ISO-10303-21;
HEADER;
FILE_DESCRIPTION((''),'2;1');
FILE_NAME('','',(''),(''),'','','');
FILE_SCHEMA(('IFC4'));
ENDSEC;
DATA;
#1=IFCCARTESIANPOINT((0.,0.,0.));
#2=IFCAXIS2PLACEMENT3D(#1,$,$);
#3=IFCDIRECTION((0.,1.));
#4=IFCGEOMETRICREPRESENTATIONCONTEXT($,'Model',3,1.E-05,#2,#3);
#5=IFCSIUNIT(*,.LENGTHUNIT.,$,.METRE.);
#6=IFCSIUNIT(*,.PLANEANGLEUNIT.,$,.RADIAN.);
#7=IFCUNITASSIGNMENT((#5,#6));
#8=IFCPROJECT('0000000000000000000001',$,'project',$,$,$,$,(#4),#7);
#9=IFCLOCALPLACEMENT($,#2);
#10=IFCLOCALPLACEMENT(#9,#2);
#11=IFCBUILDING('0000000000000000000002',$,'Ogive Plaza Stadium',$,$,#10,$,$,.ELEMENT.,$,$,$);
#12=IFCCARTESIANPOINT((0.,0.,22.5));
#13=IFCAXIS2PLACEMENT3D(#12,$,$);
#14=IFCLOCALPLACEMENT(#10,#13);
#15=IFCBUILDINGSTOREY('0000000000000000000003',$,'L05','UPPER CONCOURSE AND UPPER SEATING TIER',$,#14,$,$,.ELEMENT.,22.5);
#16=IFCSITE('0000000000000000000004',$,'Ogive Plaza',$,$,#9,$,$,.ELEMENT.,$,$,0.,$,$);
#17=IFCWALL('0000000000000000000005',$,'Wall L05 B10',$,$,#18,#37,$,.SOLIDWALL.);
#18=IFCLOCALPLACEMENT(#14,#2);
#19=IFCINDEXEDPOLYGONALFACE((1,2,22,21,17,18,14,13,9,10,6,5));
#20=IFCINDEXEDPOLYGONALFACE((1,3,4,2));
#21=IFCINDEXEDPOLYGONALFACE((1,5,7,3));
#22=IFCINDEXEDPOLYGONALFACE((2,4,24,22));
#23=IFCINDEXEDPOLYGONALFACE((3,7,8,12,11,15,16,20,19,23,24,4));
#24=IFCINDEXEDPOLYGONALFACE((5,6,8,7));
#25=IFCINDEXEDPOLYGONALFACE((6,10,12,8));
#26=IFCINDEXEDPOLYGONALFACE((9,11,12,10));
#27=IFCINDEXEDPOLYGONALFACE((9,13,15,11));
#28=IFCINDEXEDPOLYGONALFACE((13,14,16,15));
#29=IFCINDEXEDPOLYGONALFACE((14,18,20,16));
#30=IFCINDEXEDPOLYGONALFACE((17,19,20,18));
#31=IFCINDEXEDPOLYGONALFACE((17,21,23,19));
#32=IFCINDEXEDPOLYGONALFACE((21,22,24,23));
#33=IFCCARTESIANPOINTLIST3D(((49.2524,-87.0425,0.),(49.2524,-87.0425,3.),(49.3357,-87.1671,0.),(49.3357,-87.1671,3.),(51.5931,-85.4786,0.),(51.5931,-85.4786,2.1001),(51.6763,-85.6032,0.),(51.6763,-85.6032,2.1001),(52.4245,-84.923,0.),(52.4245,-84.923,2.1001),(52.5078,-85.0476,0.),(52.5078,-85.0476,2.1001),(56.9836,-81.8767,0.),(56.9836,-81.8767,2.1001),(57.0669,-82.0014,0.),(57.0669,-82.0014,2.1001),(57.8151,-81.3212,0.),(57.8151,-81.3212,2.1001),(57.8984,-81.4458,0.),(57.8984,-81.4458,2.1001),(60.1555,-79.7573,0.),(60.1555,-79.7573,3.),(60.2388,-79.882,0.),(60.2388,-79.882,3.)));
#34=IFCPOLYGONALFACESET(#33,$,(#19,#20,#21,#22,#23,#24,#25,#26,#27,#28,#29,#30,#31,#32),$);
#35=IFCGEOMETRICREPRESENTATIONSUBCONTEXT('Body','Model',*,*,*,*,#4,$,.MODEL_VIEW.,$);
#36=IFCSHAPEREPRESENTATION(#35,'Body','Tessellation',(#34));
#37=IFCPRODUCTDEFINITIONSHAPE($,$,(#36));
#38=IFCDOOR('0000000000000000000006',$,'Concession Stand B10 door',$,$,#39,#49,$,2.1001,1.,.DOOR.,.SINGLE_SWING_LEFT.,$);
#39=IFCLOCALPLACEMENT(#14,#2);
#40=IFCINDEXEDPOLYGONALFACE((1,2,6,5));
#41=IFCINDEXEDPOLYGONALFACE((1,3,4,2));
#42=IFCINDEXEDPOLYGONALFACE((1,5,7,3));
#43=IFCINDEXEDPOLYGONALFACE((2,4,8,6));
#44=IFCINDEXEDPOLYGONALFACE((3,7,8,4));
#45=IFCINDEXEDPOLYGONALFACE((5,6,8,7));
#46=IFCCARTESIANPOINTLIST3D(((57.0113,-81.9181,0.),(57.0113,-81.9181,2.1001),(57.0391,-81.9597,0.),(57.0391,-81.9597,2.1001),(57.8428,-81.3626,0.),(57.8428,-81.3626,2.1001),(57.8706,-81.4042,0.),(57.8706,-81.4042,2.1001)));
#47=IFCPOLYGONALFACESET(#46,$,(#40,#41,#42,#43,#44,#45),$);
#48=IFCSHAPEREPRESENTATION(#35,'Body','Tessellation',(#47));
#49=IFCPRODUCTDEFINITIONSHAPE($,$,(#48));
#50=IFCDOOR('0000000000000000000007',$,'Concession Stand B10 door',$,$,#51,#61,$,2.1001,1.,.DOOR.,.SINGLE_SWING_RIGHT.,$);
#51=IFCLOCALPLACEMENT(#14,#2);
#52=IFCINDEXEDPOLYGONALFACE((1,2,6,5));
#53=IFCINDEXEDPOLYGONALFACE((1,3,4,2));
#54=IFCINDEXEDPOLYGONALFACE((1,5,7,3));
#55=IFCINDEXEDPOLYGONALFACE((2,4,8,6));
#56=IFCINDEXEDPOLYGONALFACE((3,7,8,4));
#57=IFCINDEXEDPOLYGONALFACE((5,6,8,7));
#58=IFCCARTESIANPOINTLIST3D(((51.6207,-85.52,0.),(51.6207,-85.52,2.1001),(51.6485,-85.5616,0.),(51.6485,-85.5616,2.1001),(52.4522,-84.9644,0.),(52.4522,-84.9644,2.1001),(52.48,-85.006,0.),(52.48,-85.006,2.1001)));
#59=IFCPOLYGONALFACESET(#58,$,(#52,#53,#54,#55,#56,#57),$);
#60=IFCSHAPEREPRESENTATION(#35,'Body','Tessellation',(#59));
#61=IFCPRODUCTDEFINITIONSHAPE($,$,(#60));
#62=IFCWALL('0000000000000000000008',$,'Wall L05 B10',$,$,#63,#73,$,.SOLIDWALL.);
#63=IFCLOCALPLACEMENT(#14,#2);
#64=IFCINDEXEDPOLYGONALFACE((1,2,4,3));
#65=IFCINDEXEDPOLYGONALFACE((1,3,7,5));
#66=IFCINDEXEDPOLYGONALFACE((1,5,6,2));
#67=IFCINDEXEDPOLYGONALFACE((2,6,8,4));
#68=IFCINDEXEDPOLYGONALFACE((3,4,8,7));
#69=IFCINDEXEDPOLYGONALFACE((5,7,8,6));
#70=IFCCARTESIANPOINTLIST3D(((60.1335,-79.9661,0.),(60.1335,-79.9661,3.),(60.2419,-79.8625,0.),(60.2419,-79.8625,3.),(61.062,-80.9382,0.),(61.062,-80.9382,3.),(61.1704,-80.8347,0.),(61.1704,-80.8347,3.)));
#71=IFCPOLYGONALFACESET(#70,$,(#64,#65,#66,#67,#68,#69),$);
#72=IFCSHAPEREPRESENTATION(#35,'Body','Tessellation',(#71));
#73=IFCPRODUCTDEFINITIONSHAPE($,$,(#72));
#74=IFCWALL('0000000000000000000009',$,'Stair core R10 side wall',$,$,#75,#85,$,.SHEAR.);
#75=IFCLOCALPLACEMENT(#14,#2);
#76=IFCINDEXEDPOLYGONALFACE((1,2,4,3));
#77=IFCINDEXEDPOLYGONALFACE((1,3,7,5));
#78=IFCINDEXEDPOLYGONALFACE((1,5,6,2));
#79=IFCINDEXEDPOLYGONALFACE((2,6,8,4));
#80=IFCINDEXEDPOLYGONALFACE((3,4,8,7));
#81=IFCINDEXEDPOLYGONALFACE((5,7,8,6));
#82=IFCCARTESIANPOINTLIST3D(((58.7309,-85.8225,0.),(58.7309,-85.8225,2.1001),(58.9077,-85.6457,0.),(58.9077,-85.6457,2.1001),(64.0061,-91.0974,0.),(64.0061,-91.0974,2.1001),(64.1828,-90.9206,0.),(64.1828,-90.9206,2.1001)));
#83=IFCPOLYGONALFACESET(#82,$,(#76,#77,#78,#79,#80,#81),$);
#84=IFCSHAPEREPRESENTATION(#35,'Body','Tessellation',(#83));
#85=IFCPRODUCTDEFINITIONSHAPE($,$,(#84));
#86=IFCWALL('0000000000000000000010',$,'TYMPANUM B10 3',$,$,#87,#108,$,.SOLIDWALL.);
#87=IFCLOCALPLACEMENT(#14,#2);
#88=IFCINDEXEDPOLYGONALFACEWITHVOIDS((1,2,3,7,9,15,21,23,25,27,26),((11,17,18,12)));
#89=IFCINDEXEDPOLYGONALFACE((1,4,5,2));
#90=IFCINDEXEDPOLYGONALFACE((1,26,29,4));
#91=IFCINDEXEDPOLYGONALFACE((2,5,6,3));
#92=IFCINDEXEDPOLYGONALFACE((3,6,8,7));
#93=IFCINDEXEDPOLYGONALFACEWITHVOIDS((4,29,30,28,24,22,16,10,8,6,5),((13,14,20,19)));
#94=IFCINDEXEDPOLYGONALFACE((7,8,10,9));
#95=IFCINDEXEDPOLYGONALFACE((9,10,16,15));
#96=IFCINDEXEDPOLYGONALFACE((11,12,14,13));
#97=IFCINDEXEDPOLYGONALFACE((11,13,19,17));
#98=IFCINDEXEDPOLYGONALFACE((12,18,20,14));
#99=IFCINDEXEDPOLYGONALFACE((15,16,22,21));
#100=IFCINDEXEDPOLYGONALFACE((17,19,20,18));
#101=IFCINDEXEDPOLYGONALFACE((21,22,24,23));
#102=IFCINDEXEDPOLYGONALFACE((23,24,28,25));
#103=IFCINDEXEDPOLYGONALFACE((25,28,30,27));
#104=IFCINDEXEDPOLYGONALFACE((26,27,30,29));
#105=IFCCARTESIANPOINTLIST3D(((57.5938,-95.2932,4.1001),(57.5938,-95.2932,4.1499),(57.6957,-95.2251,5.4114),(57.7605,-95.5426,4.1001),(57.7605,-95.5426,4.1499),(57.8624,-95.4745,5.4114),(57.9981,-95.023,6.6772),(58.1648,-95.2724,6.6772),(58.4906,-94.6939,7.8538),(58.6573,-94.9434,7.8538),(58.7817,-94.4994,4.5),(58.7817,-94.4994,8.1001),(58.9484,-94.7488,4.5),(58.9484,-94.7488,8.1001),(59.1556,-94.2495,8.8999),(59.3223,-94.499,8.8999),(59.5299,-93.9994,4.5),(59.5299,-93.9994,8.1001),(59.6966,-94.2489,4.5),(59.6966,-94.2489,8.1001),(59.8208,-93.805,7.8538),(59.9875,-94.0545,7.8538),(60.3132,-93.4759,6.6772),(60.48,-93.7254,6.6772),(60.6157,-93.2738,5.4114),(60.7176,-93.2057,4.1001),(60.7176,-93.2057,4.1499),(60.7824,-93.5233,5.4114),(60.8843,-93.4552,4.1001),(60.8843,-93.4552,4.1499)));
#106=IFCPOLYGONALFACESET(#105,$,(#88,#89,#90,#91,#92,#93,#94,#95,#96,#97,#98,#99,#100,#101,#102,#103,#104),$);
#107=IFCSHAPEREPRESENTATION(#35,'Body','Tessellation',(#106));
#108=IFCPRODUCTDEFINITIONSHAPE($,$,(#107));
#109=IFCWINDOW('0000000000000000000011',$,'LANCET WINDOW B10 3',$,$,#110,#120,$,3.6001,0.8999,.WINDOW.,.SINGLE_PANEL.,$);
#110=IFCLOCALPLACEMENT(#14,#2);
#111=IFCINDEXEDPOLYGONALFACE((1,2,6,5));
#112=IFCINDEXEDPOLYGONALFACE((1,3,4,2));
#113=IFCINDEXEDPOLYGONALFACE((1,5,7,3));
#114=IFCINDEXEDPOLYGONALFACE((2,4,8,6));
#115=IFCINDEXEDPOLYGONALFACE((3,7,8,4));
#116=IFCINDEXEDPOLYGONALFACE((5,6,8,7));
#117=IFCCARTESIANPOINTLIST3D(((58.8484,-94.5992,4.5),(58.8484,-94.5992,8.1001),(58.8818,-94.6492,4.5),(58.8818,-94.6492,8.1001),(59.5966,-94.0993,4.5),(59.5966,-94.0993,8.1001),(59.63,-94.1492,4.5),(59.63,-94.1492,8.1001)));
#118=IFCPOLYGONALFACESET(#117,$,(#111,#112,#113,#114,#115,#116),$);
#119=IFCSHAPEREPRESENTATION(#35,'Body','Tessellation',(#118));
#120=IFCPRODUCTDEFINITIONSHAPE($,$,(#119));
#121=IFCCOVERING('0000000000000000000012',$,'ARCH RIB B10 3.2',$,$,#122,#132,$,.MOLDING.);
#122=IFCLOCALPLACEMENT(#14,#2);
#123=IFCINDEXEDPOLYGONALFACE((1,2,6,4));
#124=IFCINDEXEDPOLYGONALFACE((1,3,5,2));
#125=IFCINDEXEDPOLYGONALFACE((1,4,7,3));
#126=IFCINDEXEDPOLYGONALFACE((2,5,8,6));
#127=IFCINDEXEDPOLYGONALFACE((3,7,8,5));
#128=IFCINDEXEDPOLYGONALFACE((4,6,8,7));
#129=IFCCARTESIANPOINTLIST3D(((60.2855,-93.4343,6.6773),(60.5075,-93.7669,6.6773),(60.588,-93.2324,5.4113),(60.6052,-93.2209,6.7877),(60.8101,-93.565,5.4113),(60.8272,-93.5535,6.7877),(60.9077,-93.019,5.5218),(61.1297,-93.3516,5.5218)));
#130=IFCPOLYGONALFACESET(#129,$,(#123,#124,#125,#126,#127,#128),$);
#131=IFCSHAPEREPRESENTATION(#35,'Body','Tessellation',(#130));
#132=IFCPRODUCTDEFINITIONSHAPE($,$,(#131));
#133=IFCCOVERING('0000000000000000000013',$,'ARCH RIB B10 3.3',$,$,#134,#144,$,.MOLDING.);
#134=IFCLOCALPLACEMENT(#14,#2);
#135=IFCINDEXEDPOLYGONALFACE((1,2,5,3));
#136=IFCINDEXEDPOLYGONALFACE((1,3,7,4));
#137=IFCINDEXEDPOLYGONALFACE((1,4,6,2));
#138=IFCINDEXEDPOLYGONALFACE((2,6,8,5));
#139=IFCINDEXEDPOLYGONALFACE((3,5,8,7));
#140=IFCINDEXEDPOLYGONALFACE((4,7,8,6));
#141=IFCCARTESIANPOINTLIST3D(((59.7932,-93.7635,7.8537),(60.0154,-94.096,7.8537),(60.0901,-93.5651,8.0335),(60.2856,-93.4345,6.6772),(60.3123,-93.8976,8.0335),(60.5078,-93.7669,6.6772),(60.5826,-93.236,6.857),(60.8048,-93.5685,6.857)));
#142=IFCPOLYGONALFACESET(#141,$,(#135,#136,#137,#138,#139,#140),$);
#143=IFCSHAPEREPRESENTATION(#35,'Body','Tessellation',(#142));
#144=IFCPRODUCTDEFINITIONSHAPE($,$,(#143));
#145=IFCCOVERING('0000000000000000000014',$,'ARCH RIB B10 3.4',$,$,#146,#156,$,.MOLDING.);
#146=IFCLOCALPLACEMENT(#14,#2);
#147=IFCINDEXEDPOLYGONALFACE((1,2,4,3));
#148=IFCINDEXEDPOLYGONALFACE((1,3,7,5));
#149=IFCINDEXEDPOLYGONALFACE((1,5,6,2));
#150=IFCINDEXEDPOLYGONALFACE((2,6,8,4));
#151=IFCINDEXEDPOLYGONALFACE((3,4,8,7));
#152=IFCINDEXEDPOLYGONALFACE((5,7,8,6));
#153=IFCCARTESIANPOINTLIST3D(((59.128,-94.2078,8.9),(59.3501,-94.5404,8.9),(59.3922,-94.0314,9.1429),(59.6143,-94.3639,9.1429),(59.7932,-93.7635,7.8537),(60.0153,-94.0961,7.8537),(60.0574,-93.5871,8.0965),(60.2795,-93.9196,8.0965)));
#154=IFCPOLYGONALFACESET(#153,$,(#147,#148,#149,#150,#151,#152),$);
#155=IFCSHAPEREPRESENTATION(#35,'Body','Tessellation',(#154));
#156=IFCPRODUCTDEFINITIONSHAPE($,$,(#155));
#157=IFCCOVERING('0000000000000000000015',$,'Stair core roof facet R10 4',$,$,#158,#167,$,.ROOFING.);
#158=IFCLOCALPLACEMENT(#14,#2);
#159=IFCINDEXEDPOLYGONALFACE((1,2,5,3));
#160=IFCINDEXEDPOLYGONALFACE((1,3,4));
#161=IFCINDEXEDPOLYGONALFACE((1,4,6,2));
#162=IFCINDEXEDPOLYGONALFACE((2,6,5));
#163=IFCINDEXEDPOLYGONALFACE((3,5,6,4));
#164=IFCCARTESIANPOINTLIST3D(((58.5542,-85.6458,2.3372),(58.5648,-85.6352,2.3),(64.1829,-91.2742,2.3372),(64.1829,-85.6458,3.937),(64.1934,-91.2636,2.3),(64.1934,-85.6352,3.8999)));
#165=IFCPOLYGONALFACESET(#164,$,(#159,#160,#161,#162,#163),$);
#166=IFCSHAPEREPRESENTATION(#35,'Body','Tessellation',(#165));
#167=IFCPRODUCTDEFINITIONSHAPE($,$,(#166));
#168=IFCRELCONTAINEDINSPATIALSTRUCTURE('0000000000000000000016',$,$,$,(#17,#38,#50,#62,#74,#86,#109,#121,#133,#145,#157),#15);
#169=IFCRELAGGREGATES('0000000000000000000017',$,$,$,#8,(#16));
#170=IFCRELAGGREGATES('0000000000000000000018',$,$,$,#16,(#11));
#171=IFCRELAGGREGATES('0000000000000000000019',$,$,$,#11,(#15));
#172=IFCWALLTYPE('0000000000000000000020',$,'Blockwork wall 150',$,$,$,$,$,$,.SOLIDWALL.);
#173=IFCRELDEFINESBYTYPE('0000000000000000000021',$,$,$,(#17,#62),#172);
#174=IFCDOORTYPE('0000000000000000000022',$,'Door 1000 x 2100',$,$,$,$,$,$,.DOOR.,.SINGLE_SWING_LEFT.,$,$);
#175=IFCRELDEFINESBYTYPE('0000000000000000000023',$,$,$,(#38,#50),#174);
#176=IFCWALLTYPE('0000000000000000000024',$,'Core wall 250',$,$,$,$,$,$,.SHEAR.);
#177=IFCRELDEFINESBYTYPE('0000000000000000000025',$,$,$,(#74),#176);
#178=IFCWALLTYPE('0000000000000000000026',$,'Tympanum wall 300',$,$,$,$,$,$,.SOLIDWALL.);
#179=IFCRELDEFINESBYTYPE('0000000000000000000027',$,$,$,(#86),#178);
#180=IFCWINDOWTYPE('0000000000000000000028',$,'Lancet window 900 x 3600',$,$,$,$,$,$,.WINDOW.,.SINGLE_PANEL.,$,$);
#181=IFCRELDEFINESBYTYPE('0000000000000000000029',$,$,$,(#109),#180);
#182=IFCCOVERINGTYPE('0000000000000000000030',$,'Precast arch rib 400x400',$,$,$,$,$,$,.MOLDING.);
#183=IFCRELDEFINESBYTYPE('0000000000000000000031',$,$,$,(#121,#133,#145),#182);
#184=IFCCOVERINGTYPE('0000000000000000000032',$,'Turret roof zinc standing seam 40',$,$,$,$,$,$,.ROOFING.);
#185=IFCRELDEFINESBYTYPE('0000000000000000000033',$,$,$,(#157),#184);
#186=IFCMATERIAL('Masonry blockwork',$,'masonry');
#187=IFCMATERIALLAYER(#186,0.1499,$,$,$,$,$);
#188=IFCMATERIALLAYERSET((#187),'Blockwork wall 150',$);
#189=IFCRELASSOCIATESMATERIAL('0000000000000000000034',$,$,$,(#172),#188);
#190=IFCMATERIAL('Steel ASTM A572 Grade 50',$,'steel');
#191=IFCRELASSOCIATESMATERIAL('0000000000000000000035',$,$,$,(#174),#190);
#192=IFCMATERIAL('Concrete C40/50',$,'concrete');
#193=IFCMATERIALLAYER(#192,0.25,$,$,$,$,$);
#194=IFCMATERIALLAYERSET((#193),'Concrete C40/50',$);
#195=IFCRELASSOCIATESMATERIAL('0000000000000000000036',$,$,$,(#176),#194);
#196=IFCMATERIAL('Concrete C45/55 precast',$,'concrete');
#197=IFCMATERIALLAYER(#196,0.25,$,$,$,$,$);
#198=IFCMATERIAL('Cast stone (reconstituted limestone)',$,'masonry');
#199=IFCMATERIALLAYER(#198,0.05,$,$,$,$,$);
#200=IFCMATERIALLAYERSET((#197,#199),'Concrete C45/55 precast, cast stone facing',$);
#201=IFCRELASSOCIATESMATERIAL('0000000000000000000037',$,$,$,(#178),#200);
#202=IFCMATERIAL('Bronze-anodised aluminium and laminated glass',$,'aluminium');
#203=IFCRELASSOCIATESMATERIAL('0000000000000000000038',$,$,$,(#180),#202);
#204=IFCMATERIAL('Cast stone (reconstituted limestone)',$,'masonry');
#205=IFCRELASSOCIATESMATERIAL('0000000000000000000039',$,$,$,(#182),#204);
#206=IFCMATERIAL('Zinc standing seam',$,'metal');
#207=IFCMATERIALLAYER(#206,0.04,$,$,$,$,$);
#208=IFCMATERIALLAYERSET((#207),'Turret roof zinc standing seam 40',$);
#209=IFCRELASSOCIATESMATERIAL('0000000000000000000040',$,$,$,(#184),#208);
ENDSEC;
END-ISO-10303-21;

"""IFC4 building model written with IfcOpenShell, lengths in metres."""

from ifc_helpers import new_model, si_unit, direction, frame, frame_2d, origin, origin_2d, place, context, subcontext, project, spatial, polyline, rectangle, outline, extrude, material, layer, layer_set, material_profile, profile_set, type_object, element, fill, save


model = new_model("IFC4")

# Units and contexts
model_context = context("Model", 3, precision=1e-05, world=origin(), true_north=direction((0.0, 1.0)))
body_context = subcontext(model_context, "Body", "Model", "MODEL_VIEW")
ifc_project = project(units=[si_unit("LENGTHUNIT", "METRE"), si_unit("PLANEANGLEUNIT", "RADIAN")], contexts=[model_context])

# Site, building, storey
site_placement = place(None, origin())
site = spatial("IfcSite", under=ifc_project, at=site_placement, Name="Ogive Plaza", CompositionType="ELEMENT", RefElevation=0.0)
building_placement = place(site_placement, origin())
building = spatial("IfcBuilding", under=site, at=building_placement, Name="Ogive Plaza Stadium", CompositionType="ELEMENT")
storey_placement = place(building_placement, frame((0.0, 0.0, 22.5)))
storey = spatial("IfcBuildingStorey", under=building, at=storey_placement, Name="L05", Description="UPPER CONCOURSE AND UPPER SEATING TIER", CompositionType="ELEMENT", Elevation=22.5)

# Wall, openings, doors
ifc_material_1 = material(Name="Masonry blockwork", Category="masonry")
ifc_layer_1 = layer(ifc_material_1, 0.1499)
ifc_layer_set_1 = layer_set([ifc_layer_1], Name="Blockwork wall 150")
wall_type_1 = type_object("IfcWallType", Name="Blockwork wall 150", PredefinedType="SOLIDWALL", material=ifc_layer_set_1)
wall_1_placement = place(storey_placement, frame((60.1973, -79.8196, 0.0), z_axis=(0.0, 0.0, 1.0), x_axis=(-0.831471, -0.555568, 0.0)))
wall_1 = element("IfcWall", 1, at=wall_1_placement, inside=storey, type_object=wall_type_1, Name="Wall L05 B10", PredefinedType="SOLIDWALL", context=body_context, shape_type="SweptSolid", body=[
    extrude(rectangle(XDim=13.113, YDim=0.1499, at=frame_2d((6.5566, 0.0))), origin(), (0.0, 0.0, 1.0), 3.0),
])
opening_1_placement = place(wall_1_placement, frame((2.8149, 0.0, 0.0)))
opening_1 = element("IfcOpeningElement", 2, at=opening_1_placement, cuts=wall_1, PredefinedType="OPENING", context=body_context, shape_type="SweptSolid", body=[
    extrude(rectangle(XDim=1.0, YDim=2.1001, at=frame_2d((0.5, 1.05))), frame((0.0, 0.075, 0.0), z_axis=(0.0, -1.0, 0.0), x_axis=(1.0, 0.0, 0.0)), (0.0, 0.0, 1.0), 0.1499),
])
opening_2_placement = place(wall_1_placement, frame((9.2981, 0.0, 0.0)))
opening_2 = element("IfcOpeningElement", 3, at=opening_2_placement, cuts=wall_1, PredefinedType="OPENING", context=body_context, shape_type="SweptSolid", body=[
    extrude(rectangle(XDim=1.0, YDim=2.1001, at=frame_2d((0.5, 1.05))), frame((0.0, 0.075, 0.0), z_axis=(0.0, -1.0, 0.0), x_axis=(1.0, 0.0, 0.0)), (0.0, 0.0, 1.0), 0.1499),
])
ifc_material_2 = material(Name="Steel ASTM A572 Grade 50", Category="steel")
door_type_1 = type_object("IfcDoorType", Name="Door 1000 x 2100", OperationType="SINGLE_SWING_LEFT", PredefinedType="DOOR", material=ifc_material_2)
door_1_placement = place(opening_1_placement, origin())
door_1 = element("IfcDoor", 4, at=door_1_placement, inside=storey, type_object=door_type_1, Name="Concession Stand B10 door", OperationType="SINGLE_SWING_LEFT", OverallHeight=2.1001, OverallWidth=1.0, PredefinedType="DOOR", context=body_context, shape_type="SweptSolid", body=[
    extrude(rectangle(XDim=1.0, YDim=2.1001, at=frame_2d((0.5, 1.05))), frame((0.0, 0.0249, 0.0), z_axis=(0.0, -1.0, 0.0), x_axis=(1.0, 0.0, 0.0)), (0.0, 0.0, 1.0), 0.05),
])
fill(opening_1, door_1)
door_2_placement = place(opening_2_placement, origin())
door_2 = element("IfcDoor", 5, at=door_2_placement, inside=storey, type_object=door_type_1, Name="Concession Stand B10 door", OperationType="SINGLE_SWING_RIGHT", OverallHeight=2.1001, OverallWidth=1.0, PredefinedType="DOOR", context=body_context, shape_type="SweptSolid", body=[
    extrude(rectangle(XDim=1.0, YDim=2.1001, at=frame_2d((0.5, 1.05))), frame((0.0, 0.0249, 0.0), z_axis=(0.0, -1.0, 0.0), x_axis=(1.0, 0.0, 0.0)), (0.0, 0.0, 1.0), 0.05),
])
fill(opening_2, door_2)

# Wall
wall_2_placement = place(storey_placement, frame((60.1877, -79.9143, 0.0), z_axis=(0.0, 0.0, 1.0), x_axis=(0.690666, -0.723174, 0.0)))
element("IfcWall", 6, at=wall_2_placement, inside=storey, type_object=wall_type_1, Name="Wall L05 B10", PredefinedType="SOLIDWALL", context=body_context, shape_type="SweptSolid", body=[
    extrude(rectangle(XDim=1.3442, YDim=0.1499, at=frame_2d((0.6721, 0.0))), origin(), (0.0, 0.0, 1.0), 3.0),
])

# Shared definitions
ifc_material_3 = material(Name="Concrete C40/50", Category="concrete")
ifc_layer_2 = layer(ifc_material_3, 0.25)
ifc_layer_set_2 = layer_set([ifc_layer_2], Name="Concrete C40/50")
wall_type_2 = type_object("IfcWallType", Name="Core wall 250", PredefinedType="SHEAR", material=ifc_layer_set_2)

# Wall
wall_3_placement = place(storey_placement, frame((58.8193, -85.7341, 0.0), z_axis=(0.0, 0.0, 1.0), x_axis=(0.707123, -0.70709, 0.0)))
element("IfcWall", 7, at=wall_3_placement, inside=storey, type_object=wall_type_2, Name="Stair core R10 side wall", PredefinedType="SHEAR", context=body_context, shape_type="SweptSolid", body=[
    extrude(rectangle(XDim=7.46, YDim=0.25, at=frame_2d((3.73, 0.0))), origin(), (0.0, 0.0, 1.0), 2.1001),
])

# Wall, opening, window
ifc_material_4 = material(Name="Concrete C45/55 precast", Category="concrete")
ifc_layer_3 = layer(ifc_material_4, 0.25)
ifc_material_5 = material(Name="Cast stone (reconstituted limestone)", Category="masonry")
ifc_layer_4 = layer(ifc_material_5, 0.05)
ifc_layer_set_3 = layer_set([ifc_layer_3, ifc_layer_4], Name="Concrete C45/55 precast, cast stone facing")
wall_type_3 = type_object("IfcWallType", Name="Tympanum wall 300", PredefinedType="SOLIDWALL", material=ifc_layer_set_3)
wall_4_placement = place(storey_placement, frame((60.801, -93.3306, 4.1001), z_axis=(0.0, 0.0, 1.0), x_axis=(-0.83145, -0.5556, 0.0)))
wall_4 = element("IfcWall", 8, at=wall_4_placement, inside=storey, type_object=wall_type_3, Name="TYMPANUM B10 3", PredefinedType="SOLIDWALL", context=body_context, shape_type="SweptSolid", body=[
    extrude(outline(polyline([(0.0, 0.0), (3.7571, 0.0), (3.7571, 0.0498), (3.6345, 1.3113), (3.2708, 2.5771), (2.6785, 3.7537), (1.8787, 4.7998), (1.0786, 3.7537), (0.4863, 2.5771), (0.1226, 1.3113), (0.0, 0.0498), (0.0, 0.0)])), frame((0.0, 0.1499, 0.0), z_axis=(0.0, -1.0, 0.0), x_axis=(1.0, 0.0, 0.0)), (0.0, 0.0, 1.0), 0.3),
])
opening_3_placement = place(wall_4_placement, frame((1.4285, 0.0, 0.3999)))
opening_3 = element("IfcOpeningElement", 9, at=opening_3_placement, cuts=wall_4, PredefinedType="OPENING", context=body_context, shape_type="SweptSolid", body=[
    extrude(rectangle(XDim=0.8999, YDim=3.6001, at=frame_2d((0.45, 1.8))), frame((0.0, 0.1602, 0.0), z_axis=(0.0, -1.0, 0.0), x_axis=(1.0, 0.0, 0.0)), (0.0, 0.0, 1.0), 0.3201),
])
ifc_material_6 = material(Name="Bronze-anodised aluminium and laminated glass", Category="aluminium")
window_type = type_object("IfcWindowType", Name="Lancet window 900 x 3600", PartitioningType="SINGLE_PANEL", PredefinedType="WINDOW", material=ifc_material_6)
window_placement = place(opening_3_placement, origin())
window = element("IfcWindow", 10, at=window_placement, inside=storey, type_object=window_type, Name="LANCET WINDOW B10 3", OverallHeight=3.6001, OverallWidth=0.8999, PartitioningType="SINGLE_PANEL", PredefinedType="WINDOW", context=body_context, shape_type="SweptSolid", body=[
    extrude(rectangle(XDim=0.8999, YDim=3.6001, at=frame_2d((0.45, 1.8))), frame((0.0, 0.03, 0.0), z_axis=(0.0, -1.0, 0.0), x_axis=(1.0, 0.0, 0.0)), (0.0, 0.0, 1.0), 0.0601),
])
fill(opening_3, window)

# Coverings
ifc_material_7 = material(Name="Cast stone (reconstituted limestone)", Category="masonry")
ifc_material_profile_1 = material_profile(ifc_material_7, rectangle(XDim=0.3999, YDim=0.3999, at=origin_2d()), Name="Cast stone 400x400")
ifc_profile_set_1 = profile_set([ifc_material_profile_1], Name="Cast stone (reconstituted limestone)")
covering_type_1 = type_object("IfcCoveringType", Name="Precast arch rib 400x400", PredefinedType="MOLDING", material=ifc_profile_set_1)
for number, where, z_axis, x_axis, name in (
    (11, (60.8589, -93.292, 5.4666), (-0.229668, -0.153297, 0.96112), (0.555165, -0.83174, 0.0), "ARCH RIB B10 3.2"),
    (12, (60.5452, -93.5015, 6.7671), (-0.373851, -0.249852, 0.893202), (0.555651, -0.831416, 0.0), "ARCH RIB B10 3.3"),
    (13, (60.0364, -93.8416, 7.9751), (-0.505082, -0.337339, 0.794415), (0.555404, -0.831581, 0.0), "ARCH RIB B10 3.4"),
):
    element("IfcCovering", number, at=place(storey_placement, frame(where, z_axis=z_axis, x_axis=x_axis)), inside=storey, type_object=covering_type_1, Name=name, PredefinedType="MOLDING", context=body_context, shape_type="SweptSolid", body=[
        extrude(rectangle(XDim=0.3999, YDim=0.3999, at=origin_2d()), origin(), (0.0, 0.0, 1.0), 1.3171),
    ])
ifc_material_8 = material(Name="Zinc standing seam", Category="metal")
ifc_layer_5 = layer(ifc_material_8, 0.04)
ifc_layer_set_4 = layer_set([ifc_layer_5], Name="Turret roof zinc standing seam 40")
covering_type_2 = type_object("IfcCoveringType", Name="Turret roof zinc standing seam 40", PredefinedType="ROOFING", material=ifc_layer_set_4)
covering_placement = place(storey_placement, frame((58.5542, -85.6458, 2.3372), z_axis=(-0.263724, -0.263735, 0.927843), x_axis=(0.707122, -0.707091, 0.0)))
element("IfcCovering", 14, at=covering_placement, inside=storey, type_object=covering_type_2, Name="Stair core roof facet R10 4", PredefinedType="ROOFING", context=body_context, shape_type="SweptSolid", body=[
    extrude(outline(polyline([(0.0, 0.0), (7.96, 0.0), (3.9802, 4.2895), (0.0, 0.0)])), origin(), (0.0, 0.0, -1.0), 0.04),
])

save(model, "model.ifc")
